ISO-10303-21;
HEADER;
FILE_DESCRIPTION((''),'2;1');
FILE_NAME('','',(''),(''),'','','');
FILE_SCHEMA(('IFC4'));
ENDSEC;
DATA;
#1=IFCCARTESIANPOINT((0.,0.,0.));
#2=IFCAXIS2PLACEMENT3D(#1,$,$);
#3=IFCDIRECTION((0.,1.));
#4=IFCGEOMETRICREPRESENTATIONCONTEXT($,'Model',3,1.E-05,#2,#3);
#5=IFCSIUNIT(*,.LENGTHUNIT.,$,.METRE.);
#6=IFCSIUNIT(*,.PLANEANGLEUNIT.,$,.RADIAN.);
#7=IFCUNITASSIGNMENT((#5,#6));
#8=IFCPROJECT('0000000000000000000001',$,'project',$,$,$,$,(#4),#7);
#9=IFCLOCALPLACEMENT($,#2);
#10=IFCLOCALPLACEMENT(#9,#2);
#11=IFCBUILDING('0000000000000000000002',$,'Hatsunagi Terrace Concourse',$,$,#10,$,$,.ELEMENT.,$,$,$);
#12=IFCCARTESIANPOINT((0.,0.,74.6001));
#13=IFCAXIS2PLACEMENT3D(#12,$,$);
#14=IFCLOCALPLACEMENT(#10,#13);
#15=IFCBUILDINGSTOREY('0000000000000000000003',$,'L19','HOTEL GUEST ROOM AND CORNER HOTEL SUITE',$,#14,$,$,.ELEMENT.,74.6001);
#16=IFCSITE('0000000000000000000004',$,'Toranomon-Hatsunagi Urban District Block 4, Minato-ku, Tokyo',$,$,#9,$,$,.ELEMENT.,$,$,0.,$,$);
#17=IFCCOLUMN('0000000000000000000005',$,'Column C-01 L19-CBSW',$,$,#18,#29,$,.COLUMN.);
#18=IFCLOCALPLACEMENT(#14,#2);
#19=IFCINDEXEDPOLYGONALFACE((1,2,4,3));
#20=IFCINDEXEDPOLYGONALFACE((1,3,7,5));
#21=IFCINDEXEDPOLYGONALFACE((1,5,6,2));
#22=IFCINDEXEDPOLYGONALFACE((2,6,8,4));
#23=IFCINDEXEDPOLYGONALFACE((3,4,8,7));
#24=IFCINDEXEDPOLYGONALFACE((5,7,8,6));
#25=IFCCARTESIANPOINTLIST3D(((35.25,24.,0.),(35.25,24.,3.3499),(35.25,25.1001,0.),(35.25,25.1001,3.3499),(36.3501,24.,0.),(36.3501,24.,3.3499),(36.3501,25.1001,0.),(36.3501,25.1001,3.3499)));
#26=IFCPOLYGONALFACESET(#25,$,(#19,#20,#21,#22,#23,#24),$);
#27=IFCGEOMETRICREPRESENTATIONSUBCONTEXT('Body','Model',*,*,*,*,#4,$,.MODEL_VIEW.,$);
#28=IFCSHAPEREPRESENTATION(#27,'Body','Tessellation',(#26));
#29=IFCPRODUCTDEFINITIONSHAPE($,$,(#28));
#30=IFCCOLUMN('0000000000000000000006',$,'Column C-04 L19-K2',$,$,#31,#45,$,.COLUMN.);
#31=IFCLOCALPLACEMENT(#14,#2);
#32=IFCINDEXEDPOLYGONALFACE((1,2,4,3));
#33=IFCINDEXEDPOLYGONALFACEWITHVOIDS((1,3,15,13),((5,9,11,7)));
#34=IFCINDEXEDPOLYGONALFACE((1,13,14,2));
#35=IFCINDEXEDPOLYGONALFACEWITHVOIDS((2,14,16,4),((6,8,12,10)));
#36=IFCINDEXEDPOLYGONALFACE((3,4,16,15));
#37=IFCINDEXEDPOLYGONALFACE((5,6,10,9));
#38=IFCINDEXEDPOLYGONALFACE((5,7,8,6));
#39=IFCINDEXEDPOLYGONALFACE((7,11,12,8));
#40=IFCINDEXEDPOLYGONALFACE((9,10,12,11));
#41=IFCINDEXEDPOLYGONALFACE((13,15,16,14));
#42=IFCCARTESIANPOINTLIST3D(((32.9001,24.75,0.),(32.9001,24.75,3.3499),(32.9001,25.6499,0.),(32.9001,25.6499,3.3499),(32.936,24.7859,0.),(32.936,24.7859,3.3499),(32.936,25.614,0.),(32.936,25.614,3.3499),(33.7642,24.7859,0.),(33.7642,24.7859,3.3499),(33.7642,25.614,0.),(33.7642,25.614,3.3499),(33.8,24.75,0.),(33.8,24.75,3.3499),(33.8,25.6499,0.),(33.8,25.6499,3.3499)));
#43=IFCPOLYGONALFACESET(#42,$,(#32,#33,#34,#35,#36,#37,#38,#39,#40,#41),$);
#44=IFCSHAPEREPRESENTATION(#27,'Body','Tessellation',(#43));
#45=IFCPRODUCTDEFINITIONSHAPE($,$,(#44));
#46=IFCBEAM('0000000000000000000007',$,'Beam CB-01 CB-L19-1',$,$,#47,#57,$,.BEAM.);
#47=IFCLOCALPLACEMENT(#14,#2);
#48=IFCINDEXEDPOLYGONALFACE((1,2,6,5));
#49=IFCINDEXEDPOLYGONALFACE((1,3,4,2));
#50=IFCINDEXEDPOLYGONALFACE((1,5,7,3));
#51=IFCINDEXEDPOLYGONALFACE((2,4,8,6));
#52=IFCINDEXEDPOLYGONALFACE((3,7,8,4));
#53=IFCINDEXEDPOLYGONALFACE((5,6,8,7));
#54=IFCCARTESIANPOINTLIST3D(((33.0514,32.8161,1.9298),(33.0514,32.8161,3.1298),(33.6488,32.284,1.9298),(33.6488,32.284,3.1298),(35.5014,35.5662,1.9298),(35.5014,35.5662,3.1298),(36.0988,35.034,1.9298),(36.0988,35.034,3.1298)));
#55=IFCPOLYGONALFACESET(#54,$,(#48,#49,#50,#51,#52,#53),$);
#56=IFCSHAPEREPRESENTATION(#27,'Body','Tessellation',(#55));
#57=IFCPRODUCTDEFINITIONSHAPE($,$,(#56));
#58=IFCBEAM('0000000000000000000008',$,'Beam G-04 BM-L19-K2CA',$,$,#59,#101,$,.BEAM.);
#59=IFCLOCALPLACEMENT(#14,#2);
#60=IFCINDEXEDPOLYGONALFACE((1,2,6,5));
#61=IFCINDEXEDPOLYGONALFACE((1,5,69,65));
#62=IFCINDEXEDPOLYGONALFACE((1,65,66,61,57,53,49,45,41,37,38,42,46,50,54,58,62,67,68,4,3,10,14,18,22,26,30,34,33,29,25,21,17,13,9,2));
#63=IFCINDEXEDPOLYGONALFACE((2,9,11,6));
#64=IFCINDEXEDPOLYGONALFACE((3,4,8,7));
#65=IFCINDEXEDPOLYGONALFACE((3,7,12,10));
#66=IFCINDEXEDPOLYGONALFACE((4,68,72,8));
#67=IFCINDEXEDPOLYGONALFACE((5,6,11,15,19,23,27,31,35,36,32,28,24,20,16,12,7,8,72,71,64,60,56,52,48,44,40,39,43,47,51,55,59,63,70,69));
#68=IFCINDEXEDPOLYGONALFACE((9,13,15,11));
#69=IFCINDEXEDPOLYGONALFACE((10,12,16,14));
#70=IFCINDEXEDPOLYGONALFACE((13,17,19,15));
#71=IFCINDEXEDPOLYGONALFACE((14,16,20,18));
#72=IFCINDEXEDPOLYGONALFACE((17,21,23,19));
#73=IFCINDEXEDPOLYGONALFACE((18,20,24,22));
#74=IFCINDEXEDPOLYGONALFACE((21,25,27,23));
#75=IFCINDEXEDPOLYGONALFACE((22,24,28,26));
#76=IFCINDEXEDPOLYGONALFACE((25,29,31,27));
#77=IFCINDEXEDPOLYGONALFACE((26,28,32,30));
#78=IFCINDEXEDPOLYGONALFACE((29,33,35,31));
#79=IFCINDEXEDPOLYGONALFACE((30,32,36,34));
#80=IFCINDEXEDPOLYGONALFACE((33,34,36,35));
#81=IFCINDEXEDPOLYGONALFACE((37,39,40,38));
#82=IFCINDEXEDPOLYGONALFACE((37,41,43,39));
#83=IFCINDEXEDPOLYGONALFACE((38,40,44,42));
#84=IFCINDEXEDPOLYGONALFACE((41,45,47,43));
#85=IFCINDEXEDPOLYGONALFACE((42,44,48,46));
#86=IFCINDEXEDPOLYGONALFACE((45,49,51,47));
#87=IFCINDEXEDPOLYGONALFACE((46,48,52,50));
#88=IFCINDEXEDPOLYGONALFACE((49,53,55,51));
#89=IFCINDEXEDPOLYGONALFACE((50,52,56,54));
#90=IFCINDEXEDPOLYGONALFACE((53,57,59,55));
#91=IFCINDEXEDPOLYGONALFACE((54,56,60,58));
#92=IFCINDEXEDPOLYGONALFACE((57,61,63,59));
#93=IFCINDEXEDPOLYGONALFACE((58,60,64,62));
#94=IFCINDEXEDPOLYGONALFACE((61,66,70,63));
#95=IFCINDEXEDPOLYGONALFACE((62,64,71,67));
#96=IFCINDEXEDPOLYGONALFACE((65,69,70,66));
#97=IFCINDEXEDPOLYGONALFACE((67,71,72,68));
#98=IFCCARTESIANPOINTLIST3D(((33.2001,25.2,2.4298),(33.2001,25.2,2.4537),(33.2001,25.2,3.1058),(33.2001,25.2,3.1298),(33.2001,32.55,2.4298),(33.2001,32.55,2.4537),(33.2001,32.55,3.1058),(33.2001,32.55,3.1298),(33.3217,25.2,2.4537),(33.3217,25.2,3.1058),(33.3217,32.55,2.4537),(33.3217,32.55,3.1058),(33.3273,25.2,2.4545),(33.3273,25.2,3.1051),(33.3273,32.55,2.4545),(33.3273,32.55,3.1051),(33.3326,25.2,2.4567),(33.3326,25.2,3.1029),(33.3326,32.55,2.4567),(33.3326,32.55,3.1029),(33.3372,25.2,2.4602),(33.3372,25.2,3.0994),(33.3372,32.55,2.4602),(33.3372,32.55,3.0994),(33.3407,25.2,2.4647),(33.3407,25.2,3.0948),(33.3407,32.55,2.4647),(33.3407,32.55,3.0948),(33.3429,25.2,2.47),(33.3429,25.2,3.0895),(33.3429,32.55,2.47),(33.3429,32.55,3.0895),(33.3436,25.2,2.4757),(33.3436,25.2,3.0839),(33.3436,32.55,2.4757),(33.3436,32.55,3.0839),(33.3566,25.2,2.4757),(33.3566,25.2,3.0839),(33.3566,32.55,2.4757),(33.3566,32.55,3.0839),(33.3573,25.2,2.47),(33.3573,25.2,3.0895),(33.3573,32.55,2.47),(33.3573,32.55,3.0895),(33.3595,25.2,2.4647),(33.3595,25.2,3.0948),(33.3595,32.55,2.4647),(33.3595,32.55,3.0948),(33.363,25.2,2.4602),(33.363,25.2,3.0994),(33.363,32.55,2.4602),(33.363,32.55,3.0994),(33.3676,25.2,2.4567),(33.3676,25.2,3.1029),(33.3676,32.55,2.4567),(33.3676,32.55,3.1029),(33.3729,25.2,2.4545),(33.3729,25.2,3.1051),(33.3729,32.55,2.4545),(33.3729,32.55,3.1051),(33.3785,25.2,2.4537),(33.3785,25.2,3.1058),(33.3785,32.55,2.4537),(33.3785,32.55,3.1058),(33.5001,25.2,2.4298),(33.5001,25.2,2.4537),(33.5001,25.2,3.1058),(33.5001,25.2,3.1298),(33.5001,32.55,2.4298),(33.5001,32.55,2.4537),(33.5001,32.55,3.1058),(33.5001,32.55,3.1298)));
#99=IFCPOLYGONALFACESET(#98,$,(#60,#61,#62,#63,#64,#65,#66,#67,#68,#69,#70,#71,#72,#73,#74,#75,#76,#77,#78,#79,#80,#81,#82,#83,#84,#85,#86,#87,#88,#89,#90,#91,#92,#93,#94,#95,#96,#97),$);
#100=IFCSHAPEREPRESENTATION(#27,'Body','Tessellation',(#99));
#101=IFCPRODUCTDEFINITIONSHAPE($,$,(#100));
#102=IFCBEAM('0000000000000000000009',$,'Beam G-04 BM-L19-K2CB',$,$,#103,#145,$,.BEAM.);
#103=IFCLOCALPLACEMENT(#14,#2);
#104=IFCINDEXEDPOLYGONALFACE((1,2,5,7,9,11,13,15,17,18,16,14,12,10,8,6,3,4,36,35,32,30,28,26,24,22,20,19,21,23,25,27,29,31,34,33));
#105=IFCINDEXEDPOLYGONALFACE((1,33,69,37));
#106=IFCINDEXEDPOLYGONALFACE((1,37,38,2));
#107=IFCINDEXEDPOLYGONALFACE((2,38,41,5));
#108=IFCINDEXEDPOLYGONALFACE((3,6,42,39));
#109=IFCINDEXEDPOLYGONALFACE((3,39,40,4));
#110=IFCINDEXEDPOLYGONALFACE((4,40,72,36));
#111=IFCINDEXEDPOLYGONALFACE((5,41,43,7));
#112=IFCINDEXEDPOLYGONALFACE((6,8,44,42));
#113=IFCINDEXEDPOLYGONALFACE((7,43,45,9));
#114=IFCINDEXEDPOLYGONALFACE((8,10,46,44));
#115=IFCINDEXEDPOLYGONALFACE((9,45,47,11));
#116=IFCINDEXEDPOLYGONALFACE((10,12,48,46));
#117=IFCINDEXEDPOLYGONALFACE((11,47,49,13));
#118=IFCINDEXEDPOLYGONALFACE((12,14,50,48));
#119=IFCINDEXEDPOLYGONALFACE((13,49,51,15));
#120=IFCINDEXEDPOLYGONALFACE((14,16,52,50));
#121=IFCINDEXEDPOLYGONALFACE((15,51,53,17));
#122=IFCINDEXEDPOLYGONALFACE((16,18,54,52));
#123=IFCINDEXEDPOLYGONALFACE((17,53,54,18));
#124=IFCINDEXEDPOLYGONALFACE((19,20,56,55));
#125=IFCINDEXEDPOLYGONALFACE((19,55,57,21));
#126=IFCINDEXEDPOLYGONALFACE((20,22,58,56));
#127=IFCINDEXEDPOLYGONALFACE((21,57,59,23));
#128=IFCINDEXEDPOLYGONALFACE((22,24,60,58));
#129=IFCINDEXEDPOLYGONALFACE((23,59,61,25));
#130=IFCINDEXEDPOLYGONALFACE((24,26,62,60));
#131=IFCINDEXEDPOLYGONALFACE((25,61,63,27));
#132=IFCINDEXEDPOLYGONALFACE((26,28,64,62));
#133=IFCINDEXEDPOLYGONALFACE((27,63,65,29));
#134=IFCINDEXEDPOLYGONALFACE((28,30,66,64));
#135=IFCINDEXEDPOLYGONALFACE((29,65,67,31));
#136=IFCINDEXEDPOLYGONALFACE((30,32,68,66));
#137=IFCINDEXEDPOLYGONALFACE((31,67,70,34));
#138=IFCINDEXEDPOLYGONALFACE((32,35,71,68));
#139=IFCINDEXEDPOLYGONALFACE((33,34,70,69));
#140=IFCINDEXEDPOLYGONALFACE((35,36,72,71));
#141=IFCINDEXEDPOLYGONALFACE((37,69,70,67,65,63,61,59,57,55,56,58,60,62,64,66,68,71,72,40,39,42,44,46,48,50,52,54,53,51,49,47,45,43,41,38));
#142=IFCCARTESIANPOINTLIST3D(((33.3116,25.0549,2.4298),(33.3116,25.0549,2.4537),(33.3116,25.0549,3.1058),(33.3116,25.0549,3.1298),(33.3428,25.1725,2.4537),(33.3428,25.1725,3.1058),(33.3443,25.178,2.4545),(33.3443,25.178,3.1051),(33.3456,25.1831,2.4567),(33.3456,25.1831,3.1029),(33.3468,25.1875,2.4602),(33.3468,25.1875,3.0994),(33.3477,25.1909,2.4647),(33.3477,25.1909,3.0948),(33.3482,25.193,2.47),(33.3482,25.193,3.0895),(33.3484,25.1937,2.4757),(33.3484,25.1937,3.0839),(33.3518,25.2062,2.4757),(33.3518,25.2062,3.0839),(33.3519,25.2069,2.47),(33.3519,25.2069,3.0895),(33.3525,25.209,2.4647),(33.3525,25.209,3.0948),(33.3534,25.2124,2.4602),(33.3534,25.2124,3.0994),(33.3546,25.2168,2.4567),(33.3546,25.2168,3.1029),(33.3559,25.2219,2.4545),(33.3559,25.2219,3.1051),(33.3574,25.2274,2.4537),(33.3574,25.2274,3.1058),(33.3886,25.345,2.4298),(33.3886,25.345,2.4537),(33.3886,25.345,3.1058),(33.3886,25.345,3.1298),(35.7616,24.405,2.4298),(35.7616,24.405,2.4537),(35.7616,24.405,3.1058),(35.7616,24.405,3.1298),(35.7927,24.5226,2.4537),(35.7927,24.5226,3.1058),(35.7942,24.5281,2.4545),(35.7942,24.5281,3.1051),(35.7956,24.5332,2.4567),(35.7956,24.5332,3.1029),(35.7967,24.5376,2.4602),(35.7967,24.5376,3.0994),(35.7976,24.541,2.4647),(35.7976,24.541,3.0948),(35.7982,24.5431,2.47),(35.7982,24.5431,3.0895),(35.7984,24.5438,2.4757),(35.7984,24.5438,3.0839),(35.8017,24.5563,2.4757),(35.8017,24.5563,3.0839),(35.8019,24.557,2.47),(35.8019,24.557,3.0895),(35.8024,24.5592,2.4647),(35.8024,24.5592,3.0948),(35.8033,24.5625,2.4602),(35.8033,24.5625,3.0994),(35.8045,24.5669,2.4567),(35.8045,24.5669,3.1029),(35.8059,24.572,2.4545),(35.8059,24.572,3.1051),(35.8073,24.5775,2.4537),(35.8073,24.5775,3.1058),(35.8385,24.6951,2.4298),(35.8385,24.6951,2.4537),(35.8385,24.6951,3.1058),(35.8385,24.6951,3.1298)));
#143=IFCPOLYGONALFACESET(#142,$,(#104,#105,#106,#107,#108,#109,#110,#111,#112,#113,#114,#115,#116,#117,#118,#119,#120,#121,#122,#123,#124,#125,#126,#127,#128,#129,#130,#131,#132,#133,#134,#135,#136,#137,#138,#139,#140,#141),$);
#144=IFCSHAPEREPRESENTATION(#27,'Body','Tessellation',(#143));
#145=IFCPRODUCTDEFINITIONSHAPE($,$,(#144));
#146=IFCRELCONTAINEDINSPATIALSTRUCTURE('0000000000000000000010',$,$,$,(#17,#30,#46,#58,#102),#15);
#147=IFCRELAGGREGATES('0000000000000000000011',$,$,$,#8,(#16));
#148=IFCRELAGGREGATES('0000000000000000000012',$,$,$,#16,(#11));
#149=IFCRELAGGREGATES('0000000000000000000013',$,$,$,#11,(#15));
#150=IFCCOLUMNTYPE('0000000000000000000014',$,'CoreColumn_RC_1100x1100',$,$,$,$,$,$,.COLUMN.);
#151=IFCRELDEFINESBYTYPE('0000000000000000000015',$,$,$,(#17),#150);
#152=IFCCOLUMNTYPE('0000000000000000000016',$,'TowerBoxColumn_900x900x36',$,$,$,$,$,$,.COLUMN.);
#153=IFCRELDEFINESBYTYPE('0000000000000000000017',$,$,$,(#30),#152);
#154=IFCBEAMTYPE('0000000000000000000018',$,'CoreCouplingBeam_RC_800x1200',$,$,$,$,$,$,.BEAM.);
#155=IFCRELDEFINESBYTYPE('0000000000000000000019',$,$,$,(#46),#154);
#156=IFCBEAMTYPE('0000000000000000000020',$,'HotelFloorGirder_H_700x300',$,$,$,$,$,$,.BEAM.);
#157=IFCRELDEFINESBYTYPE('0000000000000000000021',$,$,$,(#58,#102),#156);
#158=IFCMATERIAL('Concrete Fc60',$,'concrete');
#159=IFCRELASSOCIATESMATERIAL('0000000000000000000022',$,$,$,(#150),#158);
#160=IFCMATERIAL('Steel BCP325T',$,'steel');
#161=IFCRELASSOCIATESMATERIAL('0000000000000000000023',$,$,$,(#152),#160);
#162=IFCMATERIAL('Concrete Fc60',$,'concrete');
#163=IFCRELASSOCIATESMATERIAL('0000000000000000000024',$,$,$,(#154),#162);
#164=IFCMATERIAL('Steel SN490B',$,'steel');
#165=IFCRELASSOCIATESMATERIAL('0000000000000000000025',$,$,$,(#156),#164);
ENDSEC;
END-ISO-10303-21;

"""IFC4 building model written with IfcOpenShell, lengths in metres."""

from ifc_helpers import new_model, si_unit, direction, frame, origin, origin_2d, place, context, subcontext, project, spatial, rectangle, hollow_rectangle, i_section, extrude, material, material_profile, profile_set, type_object, element, save


model = new_model("IFC4")

# Units and contexts
model_context = context("Model", 3, precision=1e-05, world=origin(), true_north=direction((0.0, 1.0)))
body_context = subcontext(model_context, "Body", "Model", "MODEL_VIEW")
ifc_project = project(units=[si_unit("LENGTHUNIT", "METRE"), si_unit("PLANEANGLEUNIT", "RADIAN")], contexts=[model_context])

# Site, building, storey
site_placement = place(None, origin())
site = spatial("IfcSite", under=ifc_project, at=site_placement, Name="Toranomon-Hatsunagi Urban District Block 4, Minato-ku, Tokyo", CompositionType="ELEMENT", RefElevation=0.0)
building_placement = place(site_placement, origin())
building = spatial("IfcBuilding", under=site, at=building_placement, Name="Hatsunagi Terrace Concourse", CompositionType="ELEMENT")
storey_placement = place(building_placement, frame((0.0, 0.0, 74.6001)))
storey = spatial("IfcBuildingStorey", under=building, at=storey_placement, Name="L19", Description="HOTEL GUEST ROOM AND CORNER HOTEL SUITE", CompositionType="ELEMENT", Elevation=74.6001)

# Columns
ifc_material_1 = material(Name="Concrete Fc60", Category="concrete")
ifc_material_profile_1 = material_profile(ifc_material_1, rectangle(XDim=1.1001, YDim=1.1001, at=origin_2d()), Name="RC-1100x1100")
ifc_profile_set_1 = profile_set([ifc_material_profile_1], Name="Concrete Fc60")
column_type_1 = type_object("IfcColumnType", Name="CoreColumn_RC_1100x1100", PredefinedType="COLUMN", material=ifc_profile_set_1)
column_1_placement = place(storey_placement, frame((35.8, 24.55, 0.0), z_axis=(0.0, 0.0, 1.0), x_axis=(1.0, 0.0, 0.0)))
element("IfcColumn", 1, at=column_1_placement, inside=storey, type_object=column_type_1, Name="Column C-01 L19-CBSW", PredefinedType="COLUMN", context=body_context, shape_type="SweptSolid", body=[
    extrude(rectangle(XDim=1.1001, YDim=1.1001, at=origin_2d()), origin(), (0.0, 0.0, 1.0), 3.3499),
])
ifc_material_2 = material(Name="Steel BCP325T", Category="steel")
ifc_material_profile_2 = material_profile(ifc_material_2, hollow_rectangle(XDim=0.8999, YDim=0.8999, WallThickness=0.0359, at=origin_2d()), Name="BCP-900x900x36")
ifc_profile_set_2 = profile_set([ifc_material_profile_2], Name="Steel BCP325T")
column_type_2 = type_object("IfcColumnType", Name="TowerBoxColumn_900x900x36", PredefinedType="COLUMN", material=ifc_profile_set_2)
column_2_placement = place(storey_placement, frame((33.3501, 25.2, 0.0), z_axis=(0.0, 0.0, 1.0), x_axis=(1.0, 0.0, 0.0)))
element("IfcColumn", 2, at=column_2_placement, inside=storey, type_object=column_type_2, Name="Column C-04 L19-K2", PredefinedType="COLUMN", context=body_context, shape_type="SweptSolid", body=[
    extrude(hollow_rectangle(XDim=0.8999, YDim=0.8999, WallThickness=0.0359, at=origin_2d()), origin(), (0.0, 0.0, 1.0), 3.3499),
])

# Beams
ifc_material_3 = material(Name="Concrete Fc60", Category="concrete")
ifc_material_profile_3 = material_profile(ifc_material_3, rectangle(XDim=0.8, YDim=1.2, at=origin_2d()), Name="RC-800x1200")
ifc_profile_set_3 = profile_set([ifc_material_profile_3], Name="Concrete Fc60")
beam_type_1 = type_object("IfcBeamType", Name="CoreCouplingBeam_RC_800x1200", PredefinedType="BEAM", material=ifc_profile_set_3)
beam_1_placement = place(storey_placement, frame((33.3501, 32.55, 2.5298), z_axis=(0.665199, 0.746666, 0.0), x_axis=(-0.746666, 0.665199, 0.0)))
element("IfcBeam", 3, at=beam_1_placement, inside=storey, type_object=beam_type_1, Name="Beam CB-01 CB-L19-1", PredefinedType="BEAM", context=body_context, shape_type="SweptSolid", body=[
    extrude(rectangle(XDim=0.8, YDim=1.2, at=origin_2d()), origin(), (0.0, 0.0, 1.0), 3.6831),
])
ifc_material_4 = material(Name="Steel SN490B", Category="steel")
ifc_material_profile_4 = material_profile(ifc_material_4, i_section(OverallWidth=0.3, OverallDepth=0.7, WebThickness=0.0129, FlangeThickness=0.0239, FilletRadius=0.022, at=origin_2d()), Name="H-700x300x13x24")
ifc_profile_set_4 = profile_set([ifc_material_profile_4], Name="Steel SN490B")
beam_type_2 = type_object("IfcBeamType", Name="HotelFloorGirder_H_700x300", PredefinedType="BEAM", material=ifc_profile_set_4)
beam_2_placement = place(storey_placement, frame((33.3501, 25.2, 2.7798), z_axis=(0.0, 1.0, 0.0), x_axis=(-1.0, 0.0, 0.0)))
element("IfcBeam", 4, at=beam_2_placement, inside=storey, type_object=beam_type_2, Name="Beam G-04 BM-L19-K2CA", PredefinedType="BEAM", context=body_context, shape_type="SweptSolid", body=[
    extrude(i_section(OverallWidth=0.3, OverallDepth=0.7, WebThickness=0.0129, FlangeThickness=0.0239, FilletRadius=0.022, at=origin_2d()), origin(), (0.0, 0.0, 1.0), 7.3501),
])
beam_3_placement = place(storey_placement, frame((33.3501, 25.2, 2.7798), z_axis=(0.96657, -0.256403, 0.0), x_axis=(0.256403, 0.96657, 0.0)))
element("IfcBeam", 5, at=beam_3_placement, inside=storey, type_object=beam_type_2, Name="Beam G-04 BM-L19-K2CB", PredefinedType="BEAM", context=body_context, shape_type="SweptSolid", body=[
    extrude(i_section(OverallWidth=0.3, OverallDepth=0.7, WebThickness=0.0129, FlangeThickness=0.0239, FilletRadius=0.022, at=origin_2d()), origin(), (0.0, 0.0, 1.0), 2.5347),
])

save(model, "model.ifc")
